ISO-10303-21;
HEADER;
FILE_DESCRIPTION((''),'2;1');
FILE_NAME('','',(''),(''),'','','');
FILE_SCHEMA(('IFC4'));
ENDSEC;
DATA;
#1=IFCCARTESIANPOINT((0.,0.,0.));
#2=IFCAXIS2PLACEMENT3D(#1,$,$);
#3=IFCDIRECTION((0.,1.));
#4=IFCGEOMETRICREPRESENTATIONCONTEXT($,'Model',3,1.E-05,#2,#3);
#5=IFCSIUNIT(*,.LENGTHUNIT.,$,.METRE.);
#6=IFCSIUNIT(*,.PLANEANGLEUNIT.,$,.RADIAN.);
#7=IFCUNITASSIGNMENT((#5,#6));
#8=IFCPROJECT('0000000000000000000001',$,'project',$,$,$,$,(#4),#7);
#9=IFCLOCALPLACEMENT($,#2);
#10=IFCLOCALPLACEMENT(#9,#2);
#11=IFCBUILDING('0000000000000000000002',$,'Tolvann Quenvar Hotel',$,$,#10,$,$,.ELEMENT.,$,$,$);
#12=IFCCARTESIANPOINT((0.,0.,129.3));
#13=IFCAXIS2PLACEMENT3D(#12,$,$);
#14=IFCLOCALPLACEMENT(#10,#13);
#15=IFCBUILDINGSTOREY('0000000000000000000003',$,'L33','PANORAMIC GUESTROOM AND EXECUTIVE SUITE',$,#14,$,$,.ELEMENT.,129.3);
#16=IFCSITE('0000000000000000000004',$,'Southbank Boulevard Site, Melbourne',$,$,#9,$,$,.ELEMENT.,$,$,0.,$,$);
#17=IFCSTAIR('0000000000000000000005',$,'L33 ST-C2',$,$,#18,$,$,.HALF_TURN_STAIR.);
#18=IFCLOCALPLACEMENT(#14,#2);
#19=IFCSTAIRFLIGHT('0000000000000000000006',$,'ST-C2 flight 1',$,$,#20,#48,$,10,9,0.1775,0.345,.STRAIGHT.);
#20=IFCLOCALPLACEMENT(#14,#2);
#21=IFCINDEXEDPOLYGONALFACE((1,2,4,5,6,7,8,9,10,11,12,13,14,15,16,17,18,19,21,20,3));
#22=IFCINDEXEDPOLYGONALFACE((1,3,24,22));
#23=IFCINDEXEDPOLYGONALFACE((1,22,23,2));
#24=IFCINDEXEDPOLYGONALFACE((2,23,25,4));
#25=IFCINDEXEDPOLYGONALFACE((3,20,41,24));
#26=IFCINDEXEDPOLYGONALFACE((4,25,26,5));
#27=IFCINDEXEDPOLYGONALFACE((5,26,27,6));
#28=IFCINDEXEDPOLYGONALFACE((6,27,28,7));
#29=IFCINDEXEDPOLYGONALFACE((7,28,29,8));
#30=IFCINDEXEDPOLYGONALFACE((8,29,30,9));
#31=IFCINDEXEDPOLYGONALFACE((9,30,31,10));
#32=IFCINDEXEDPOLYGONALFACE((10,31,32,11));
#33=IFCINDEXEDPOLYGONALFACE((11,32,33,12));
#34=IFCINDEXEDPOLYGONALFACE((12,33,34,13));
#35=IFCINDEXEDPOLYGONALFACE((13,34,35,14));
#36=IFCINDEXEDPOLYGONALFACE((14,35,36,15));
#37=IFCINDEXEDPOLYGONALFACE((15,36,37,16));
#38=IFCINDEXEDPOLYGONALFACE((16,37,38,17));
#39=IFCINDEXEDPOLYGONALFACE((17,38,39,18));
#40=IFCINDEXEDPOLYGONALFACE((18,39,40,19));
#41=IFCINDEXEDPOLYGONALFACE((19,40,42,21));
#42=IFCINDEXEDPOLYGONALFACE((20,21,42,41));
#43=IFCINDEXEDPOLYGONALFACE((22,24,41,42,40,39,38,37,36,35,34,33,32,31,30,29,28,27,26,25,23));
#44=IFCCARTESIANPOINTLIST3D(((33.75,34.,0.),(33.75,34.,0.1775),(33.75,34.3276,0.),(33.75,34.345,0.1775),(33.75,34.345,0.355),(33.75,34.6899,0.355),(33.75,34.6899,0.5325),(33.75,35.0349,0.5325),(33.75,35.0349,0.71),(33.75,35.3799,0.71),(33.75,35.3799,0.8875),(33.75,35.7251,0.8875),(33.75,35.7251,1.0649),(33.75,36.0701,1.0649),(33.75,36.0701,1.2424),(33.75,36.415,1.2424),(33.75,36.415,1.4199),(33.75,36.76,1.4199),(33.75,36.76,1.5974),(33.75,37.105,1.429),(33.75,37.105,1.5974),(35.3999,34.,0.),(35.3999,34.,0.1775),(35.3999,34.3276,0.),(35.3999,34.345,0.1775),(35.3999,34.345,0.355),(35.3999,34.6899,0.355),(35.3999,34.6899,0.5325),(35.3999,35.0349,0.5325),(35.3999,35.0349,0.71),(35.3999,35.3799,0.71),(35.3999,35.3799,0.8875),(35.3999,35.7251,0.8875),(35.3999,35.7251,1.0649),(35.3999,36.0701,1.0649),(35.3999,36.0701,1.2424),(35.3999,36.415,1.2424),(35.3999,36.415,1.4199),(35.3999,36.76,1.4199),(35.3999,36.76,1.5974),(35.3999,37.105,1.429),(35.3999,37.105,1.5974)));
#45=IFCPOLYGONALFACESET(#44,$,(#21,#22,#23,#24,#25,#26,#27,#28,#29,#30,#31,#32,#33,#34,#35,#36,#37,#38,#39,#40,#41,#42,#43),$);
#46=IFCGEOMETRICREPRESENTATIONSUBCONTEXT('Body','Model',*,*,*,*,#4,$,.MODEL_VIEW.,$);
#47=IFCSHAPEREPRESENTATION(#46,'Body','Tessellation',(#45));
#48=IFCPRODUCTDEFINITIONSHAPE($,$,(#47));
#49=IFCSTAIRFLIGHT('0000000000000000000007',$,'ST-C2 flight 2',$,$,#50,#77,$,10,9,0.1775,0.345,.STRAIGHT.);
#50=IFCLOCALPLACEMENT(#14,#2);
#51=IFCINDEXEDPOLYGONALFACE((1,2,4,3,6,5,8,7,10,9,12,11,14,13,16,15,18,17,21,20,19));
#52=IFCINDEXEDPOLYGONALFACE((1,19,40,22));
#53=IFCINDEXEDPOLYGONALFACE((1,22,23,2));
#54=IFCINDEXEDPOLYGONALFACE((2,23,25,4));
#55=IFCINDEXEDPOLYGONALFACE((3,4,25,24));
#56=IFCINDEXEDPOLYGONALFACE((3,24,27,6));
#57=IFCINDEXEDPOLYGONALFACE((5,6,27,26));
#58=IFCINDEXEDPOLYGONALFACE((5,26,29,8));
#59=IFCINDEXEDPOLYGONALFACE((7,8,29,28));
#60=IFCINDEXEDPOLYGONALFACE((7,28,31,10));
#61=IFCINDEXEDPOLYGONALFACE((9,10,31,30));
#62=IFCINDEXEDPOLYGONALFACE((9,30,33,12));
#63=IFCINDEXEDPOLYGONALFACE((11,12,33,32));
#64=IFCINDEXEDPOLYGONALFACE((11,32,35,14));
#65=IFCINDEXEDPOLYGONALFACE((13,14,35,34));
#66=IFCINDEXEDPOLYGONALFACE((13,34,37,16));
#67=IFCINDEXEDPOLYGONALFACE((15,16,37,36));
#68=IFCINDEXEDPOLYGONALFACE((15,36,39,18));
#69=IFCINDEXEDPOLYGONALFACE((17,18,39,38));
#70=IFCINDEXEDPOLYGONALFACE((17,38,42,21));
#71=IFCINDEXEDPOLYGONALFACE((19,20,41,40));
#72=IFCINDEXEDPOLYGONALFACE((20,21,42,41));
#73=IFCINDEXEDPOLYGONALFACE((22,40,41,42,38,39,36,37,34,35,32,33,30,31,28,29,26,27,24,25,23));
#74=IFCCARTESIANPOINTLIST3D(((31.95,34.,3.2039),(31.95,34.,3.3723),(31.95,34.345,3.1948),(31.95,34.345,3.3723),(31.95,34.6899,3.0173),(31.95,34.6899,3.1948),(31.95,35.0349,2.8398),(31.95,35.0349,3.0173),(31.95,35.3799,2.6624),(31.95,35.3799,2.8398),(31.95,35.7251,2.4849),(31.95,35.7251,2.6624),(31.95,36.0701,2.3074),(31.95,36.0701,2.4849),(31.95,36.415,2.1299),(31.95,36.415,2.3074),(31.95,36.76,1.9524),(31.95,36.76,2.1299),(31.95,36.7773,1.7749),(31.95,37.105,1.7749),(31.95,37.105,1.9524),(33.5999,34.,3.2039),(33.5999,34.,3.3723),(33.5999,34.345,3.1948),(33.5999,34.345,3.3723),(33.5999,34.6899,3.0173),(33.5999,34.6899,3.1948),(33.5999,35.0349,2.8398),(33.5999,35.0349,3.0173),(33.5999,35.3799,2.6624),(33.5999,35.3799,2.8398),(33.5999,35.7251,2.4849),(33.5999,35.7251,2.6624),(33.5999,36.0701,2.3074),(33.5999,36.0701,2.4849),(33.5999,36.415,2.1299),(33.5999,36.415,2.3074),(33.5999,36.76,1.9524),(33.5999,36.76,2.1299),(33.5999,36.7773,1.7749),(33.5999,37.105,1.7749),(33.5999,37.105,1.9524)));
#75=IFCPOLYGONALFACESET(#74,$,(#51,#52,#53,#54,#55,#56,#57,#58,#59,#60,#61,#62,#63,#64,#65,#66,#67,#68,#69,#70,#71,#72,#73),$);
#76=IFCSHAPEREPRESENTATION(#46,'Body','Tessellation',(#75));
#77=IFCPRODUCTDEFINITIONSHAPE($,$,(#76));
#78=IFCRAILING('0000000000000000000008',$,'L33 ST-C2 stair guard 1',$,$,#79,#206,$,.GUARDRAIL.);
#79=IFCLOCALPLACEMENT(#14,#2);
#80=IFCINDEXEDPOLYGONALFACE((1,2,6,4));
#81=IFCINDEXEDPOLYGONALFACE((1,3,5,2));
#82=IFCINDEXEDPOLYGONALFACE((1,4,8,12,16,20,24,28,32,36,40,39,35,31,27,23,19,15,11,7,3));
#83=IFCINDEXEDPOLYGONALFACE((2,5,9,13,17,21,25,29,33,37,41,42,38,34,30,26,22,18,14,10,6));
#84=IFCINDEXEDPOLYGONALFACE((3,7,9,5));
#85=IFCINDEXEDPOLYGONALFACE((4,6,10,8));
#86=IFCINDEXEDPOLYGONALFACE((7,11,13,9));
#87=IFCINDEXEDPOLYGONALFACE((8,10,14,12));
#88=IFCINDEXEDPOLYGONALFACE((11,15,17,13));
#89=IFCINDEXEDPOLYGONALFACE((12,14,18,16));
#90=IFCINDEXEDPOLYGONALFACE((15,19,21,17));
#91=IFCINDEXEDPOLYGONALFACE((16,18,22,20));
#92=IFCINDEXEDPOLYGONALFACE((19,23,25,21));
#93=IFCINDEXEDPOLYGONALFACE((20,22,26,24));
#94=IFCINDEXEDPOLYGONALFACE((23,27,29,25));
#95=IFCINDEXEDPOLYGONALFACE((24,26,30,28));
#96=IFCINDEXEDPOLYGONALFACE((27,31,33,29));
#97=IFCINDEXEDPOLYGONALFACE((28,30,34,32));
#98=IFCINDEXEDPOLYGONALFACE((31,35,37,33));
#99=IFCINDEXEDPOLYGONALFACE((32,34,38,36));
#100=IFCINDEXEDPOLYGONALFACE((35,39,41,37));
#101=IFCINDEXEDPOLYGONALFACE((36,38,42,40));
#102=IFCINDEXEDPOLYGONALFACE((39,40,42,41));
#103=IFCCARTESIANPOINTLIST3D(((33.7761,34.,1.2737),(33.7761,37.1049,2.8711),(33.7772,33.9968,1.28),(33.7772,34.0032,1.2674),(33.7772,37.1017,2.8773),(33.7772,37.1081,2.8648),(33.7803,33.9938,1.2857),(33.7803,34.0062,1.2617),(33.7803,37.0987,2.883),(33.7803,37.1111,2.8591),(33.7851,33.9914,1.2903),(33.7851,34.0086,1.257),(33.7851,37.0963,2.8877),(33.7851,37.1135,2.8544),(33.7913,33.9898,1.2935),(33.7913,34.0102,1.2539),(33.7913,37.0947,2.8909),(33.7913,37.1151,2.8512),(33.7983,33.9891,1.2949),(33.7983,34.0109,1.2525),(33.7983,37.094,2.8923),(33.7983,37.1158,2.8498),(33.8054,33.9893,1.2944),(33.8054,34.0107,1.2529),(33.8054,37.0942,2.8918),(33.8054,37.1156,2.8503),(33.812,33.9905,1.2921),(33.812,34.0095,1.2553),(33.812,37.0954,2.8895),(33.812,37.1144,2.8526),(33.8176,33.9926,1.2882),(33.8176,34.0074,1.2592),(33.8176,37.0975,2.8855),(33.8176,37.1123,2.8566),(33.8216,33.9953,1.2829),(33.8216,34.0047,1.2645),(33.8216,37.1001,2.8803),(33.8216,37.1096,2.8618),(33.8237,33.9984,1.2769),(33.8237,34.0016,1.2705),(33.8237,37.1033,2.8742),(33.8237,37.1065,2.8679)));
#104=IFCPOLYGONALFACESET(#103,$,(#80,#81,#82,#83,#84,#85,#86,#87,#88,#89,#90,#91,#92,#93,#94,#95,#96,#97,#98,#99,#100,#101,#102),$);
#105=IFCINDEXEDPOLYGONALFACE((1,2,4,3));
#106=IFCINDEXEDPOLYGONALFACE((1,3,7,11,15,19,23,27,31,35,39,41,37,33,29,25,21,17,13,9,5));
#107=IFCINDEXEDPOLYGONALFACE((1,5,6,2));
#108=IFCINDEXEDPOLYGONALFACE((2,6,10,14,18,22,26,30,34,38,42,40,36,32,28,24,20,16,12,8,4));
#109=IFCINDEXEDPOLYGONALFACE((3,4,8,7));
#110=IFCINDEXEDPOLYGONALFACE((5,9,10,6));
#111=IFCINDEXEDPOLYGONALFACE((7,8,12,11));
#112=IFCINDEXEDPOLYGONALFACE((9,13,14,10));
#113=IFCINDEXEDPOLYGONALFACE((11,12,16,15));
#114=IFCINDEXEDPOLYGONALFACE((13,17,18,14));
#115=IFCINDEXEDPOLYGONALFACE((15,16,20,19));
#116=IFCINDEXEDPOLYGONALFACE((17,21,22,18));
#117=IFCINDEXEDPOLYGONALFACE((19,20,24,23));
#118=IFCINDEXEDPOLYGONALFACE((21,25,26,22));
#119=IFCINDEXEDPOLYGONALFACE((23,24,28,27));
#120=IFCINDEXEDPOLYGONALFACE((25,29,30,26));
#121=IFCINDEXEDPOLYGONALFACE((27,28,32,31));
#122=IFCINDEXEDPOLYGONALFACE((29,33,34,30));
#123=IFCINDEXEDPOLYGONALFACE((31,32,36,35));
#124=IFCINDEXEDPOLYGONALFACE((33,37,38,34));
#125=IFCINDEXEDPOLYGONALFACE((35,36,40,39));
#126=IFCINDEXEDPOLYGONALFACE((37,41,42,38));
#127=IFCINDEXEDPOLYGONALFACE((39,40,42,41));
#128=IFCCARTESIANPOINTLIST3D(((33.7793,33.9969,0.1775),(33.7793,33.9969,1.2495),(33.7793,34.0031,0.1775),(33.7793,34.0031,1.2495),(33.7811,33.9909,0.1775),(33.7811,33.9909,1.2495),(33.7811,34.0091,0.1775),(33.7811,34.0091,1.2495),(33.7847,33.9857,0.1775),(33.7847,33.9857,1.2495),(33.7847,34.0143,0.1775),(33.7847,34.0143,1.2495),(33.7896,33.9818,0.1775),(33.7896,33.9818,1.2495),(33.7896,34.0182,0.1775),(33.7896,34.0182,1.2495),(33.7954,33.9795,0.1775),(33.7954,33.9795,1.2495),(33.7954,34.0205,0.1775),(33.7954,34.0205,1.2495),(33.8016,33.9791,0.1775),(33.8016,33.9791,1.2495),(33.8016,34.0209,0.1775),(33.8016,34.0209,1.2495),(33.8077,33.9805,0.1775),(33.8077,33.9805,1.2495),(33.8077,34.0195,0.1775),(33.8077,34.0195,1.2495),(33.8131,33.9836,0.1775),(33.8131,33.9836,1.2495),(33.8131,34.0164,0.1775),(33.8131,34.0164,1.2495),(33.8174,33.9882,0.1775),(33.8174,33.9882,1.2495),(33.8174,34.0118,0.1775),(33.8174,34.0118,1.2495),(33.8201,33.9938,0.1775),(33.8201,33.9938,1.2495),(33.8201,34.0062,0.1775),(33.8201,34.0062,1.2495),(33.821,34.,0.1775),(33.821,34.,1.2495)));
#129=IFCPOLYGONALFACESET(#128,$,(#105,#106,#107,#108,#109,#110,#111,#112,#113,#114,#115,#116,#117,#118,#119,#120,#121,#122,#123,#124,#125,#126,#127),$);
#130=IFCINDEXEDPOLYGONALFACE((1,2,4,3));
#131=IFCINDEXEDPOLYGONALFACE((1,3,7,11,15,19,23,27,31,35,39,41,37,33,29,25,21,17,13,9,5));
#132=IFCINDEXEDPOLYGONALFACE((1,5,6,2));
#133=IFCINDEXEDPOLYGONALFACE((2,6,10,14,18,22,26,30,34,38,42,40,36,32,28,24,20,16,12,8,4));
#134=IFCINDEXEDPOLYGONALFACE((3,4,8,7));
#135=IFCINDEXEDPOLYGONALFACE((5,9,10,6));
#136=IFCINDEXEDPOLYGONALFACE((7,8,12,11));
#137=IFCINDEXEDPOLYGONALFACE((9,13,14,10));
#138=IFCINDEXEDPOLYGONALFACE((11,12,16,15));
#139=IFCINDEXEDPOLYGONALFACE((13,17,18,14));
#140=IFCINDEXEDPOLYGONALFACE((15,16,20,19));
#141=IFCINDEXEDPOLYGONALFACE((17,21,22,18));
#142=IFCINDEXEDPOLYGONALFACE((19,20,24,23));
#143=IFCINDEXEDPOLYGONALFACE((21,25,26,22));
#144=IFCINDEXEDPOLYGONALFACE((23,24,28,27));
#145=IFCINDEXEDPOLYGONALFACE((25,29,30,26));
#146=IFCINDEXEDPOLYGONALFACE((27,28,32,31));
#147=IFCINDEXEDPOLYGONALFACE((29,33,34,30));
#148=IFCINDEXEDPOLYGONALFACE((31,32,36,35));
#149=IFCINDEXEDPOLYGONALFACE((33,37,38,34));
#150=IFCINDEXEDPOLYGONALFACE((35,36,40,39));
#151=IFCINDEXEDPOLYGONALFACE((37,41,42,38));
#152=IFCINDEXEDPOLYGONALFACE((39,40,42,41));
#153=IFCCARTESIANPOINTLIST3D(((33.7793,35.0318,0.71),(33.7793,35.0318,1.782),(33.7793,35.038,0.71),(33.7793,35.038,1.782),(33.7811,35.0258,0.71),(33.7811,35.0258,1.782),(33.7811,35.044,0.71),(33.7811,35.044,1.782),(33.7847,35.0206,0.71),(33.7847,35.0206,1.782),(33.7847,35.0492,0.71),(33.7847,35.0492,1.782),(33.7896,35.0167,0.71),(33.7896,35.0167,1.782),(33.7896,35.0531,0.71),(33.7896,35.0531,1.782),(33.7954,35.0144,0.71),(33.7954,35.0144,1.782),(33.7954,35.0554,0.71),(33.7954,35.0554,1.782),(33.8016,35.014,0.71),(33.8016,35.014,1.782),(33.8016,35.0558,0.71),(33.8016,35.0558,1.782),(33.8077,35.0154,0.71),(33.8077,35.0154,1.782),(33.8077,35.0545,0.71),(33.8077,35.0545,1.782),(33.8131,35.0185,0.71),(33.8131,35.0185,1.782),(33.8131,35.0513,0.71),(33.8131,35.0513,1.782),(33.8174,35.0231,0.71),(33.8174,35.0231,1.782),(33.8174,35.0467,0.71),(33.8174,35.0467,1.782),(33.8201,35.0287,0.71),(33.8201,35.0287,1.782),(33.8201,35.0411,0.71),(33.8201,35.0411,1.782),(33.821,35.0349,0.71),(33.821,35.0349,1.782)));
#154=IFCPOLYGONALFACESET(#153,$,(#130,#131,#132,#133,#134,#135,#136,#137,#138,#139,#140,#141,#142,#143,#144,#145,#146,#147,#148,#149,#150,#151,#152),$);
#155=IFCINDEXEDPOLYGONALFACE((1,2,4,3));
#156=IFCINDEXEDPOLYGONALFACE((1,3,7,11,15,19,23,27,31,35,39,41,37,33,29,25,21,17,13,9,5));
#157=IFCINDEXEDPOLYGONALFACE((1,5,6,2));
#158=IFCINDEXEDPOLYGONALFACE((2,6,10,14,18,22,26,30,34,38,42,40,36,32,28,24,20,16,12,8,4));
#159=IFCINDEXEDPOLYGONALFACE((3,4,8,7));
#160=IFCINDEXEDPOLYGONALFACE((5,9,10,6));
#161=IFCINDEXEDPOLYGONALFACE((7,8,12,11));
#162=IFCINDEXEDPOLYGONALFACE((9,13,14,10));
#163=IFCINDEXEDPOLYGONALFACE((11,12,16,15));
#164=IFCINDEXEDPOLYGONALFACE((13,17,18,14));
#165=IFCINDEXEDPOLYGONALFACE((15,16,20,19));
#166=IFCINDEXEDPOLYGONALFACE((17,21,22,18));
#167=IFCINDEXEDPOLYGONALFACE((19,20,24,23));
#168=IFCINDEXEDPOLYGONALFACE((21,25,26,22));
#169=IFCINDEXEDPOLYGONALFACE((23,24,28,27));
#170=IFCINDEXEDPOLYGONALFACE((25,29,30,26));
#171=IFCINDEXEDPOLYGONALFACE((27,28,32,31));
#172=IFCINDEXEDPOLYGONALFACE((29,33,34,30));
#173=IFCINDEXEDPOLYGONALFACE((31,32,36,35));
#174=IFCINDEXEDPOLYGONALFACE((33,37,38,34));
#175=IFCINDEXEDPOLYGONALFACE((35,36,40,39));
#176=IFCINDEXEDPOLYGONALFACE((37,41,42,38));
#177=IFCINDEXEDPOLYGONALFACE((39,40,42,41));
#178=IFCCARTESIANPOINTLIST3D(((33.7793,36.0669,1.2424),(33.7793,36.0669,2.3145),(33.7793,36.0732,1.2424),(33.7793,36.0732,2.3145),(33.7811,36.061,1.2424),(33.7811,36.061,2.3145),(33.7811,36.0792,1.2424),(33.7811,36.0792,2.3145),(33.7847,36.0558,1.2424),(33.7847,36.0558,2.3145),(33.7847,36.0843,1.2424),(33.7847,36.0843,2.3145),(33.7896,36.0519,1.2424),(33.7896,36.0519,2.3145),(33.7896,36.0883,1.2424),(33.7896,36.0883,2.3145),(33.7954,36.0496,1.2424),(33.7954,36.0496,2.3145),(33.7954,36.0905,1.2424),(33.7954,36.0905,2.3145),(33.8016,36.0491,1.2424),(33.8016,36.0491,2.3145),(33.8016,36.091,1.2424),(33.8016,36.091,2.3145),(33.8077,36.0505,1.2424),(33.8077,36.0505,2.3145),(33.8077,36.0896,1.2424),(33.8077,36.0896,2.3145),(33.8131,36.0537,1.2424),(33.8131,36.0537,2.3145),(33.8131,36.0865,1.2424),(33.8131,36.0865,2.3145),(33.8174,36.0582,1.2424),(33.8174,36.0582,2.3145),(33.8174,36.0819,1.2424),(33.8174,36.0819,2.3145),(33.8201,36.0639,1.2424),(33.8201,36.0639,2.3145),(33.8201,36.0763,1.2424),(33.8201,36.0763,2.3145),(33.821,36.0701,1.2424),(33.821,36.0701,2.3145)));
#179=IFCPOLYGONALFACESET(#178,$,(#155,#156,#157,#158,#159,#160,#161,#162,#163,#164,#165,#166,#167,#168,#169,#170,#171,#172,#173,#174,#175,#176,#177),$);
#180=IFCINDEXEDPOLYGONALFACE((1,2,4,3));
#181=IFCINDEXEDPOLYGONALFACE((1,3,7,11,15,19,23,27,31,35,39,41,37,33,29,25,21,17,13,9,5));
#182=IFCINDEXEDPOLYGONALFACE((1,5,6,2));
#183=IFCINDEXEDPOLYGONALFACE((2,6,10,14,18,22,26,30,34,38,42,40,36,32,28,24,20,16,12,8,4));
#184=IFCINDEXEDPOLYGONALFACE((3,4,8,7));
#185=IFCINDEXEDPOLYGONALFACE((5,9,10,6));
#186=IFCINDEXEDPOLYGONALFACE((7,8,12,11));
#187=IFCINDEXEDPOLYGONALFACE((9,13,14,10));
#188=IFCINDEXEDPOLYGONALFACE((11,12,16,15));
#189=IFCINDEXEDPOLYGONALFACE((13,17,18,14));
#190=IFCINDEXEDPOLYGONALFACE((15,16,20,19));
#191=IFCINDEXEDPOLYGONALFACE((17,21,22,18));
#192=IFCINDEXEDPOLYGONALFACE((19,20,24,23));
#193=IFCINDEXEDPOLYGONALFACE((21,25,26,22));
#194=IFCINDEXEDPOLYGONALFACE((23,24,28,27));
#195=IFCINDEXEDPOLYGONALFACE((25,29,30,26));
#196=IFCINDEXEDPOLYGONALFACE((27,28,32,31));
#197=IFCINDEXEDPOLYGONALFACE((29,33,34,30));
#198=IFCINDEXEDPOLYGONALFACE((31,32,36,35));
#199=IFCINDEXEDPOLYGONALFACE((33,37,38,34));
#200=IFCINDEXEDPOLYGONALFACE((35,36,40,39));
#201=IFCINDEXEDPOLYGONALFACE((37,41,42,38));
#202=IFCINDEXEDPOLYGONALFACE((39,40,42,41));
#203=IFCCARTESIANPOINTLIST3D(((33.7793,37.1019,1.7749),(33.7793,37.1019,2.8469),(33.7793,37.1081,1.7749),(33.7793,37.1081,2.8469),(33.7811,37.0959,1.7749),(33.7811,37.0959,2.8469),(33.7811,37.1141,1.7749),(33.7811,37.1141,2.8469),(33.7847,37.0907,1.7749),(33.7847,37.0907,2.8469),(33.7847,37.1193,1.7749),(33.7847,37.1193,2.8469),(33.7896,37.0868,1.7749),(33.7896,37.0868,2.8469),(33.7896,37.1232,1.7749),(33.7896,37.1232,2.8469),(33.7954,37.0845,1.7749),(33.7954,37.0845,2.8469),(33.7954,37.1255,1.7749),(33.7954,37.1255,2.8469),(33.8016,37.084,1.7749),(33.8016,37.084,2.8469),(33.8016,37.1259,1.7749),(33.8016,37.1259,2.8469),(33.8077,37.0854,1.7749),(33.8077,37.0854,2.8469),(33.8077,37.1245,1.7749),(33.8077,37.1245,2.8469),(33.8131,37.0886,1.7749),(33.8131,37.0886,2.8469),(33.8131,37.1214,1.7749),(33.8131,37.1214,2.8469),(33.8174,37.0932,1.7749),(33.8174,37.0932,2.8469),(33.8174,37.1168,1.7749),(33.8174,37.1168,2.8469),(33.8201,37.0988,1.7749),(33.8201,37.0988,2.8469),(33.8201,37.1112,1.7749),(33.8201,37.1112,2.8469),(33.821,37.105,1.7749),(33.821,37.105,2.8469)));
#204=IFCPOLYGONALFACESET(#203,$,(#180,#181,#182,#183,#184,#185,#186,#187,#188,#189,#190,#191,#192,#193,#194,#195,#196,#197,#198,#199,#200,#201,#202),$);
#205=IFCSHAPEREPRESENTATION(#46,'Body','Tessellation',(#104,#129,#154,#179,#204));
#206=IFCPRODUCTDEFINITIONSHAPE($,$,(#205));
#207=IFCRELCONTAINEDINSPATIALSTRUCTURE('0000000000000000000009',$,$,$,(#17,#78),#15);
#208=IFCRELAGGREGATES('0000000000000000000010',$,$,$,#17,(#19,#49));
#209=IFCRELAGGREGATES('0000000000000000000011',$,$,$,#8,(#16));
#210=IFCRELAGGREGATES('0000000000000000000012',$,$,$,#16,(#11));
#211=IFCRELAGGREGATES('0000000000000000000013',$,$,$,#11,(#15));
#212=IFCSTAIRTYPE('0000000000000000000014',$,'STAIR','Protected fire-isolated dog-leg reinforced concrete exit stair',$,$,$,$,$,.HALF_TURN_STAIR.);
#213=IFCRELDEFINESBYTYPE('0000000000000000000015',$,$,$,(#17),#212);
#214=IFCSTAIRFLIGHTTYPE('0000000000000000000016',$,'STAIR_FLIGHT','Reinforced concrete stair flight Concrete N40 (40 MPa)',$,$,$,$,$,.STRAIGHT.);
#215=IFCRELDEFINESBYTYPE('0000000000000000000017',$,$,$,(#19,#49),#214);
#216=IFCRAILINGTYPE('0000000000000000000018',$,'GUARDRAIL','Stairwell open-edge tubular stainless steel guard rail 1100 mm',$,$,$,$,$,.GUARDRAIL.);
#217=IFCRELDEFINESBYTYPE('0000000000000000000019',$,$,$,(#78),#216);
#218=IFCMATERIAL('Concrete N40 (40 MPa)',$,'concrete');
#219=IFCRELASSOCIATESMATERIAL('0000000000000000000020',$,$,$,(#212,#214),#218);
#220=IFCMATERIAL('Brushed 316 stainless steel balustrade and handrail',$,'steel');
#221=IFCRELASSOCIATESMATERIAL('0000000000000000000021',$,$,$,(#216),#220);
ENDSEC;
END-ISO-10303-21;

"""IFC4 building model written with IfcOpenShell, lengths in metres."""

from ifc_helpers import new_model, si_unit, direction, frame, origin, origin_2d, place, context, subcontext, project, spatial, polyline, circle, outline, extrude, material, type_object, element, aggregate, save


model = new_model("IFC4")

# Units and contexts
model_context = context("Model", 3, precision=1e-05, world=origin(), true_north=direction((0.0, 1.0)))
body_context = subcontext(model_context, "Body", "Model", "MODEL_VIEW")
ifc_project = project(units=[si_unit("LENGTHUNIT", "METRE"), si_unit("PLANEANGLEUNIT", "RADIAN")], contexts=[model_context])

# Site, building, storey
site_placement = place(None, origin())
site = spatial("IfcSite", under=ifc_project, at=site_placement, Name="Southbank Boulevard Site, Melbourne", CompositionType="ELEMENT", RefElevation=0.0)
building_placement = place(site_placement, origin())
building = spatial("IfcBuilding", under=site, at=building_placement, Name="Tolvann Quenvar Hotel", CompositionType="ELEMENT")
storey_placement = place(building_placement, frame((0.0, 0.0, 129.3)))
storey = spatial("IfcBuildingStorey", under=building, at=storey_placement, Name="L33", Description="PANORAMIC GUESTROOM AND EXECUTIVE SUITE", CompositionType="ELEMENT", Elevation=129.3)

# Shared definitions
ifc_material_1 = material(Name="Concrete N40 (40 MPa)", Category="concrete")

# Stair, stair flights
stair_type = type_object("IfcStairType", Name="STAIR", Description="Protected fire-isolated dog-leg reinforced concrete exit stair", PredefinedType="HALF_TURN_STAIR", material=ifc_material_1)
stair_placement = place(storey_placement, origin())
stair = element("IfcStair", 1, at=stair_placement, inside=storey, type_object=stair_type, Name="L33 ST-C2", PredefinedType="HALF_TURN_STAIR")
stair_flight_type = type_object("IfcStairFlightType", Name="STAIR_FLIGHT", Description="Reinforced concrete stair flight Concrete N40 (40 MPa)", PredefinedType="STRAIGHT", material=ifc_material_1)
stair_flight_1_placement = place(storey_placement, frame((34.575, 34.0, 0.0), z_axis=(0.0, 0.0, 1.0), x_axis=(0.0, 1.0, 0.0)))
stair_flight_1 = element("IfcStairFlight", 2, at=stair_flight_1_placement, type_object=stair_flight_type, Name="ST-C2 flight 1", NumberOfRisers=10, NumberOfTreads=9, PredefinedType="STRAIGHT", RiserHeight=0.1775, TreadLength=0.345, context=body_context, shape_type="SweptSolid", body=[
    extrude(outline(polyline([(0.0, 0.0), (0.0, 0.1775), (0.345, 0.1775), (0.345, 0.355), (0.6899, 0.355), (0.6899, 0.5325), (1.0349, 0.5325), (1.0349, 0.71), (1.3799, 0.71), (1.3799, 0.8875), (1.7251, 0.8875), (1.7251, 1.0649), (2.0701, 1.0649), (2.0701, 1.2424), (2.415, 1.2424), (2.415, 1.4199), (2.76, 1.4199), (2.76, 1.5974), (3.105, 1.5974), (3.105, 1.7749), (3.105, 1.429), (0.3276, 0.0), (0.0, 0.0)])), frame((0.0, 0.825, 0.0), z_axis=(0.0, -1.0, 0.0), x_axis=(1.0, 0.0, 0.0)), (0.0, 0.0, 1.0), 1.6499),
])
stair_flight_2_placement = place(storey_placement, frame((32.7749, 37.105, 1.7749), z_axis=(0.0, 0.0, 1.0), x_axis=(0.0, -1.0, 0.0)))
stair_flight_2 = element("IfcStairFlight", 3, at=stair_flight_2_placement, type_object=stair_flight_type, Name="ST-C2 flight 2", NumberOfRisers=10, NumberOfTreads=9, PredefinedType="STRAIGHT", RiserHeight=0.1775, TreadLength=0.345, context=body_context, shape_type="SweptSolid", body=[
    extrude(outline(polyline([(0.0, 0.0), (0.0, 0.1775), (0.345, 0.1775), (0.345, 0.355), (0.6899, 0.355), (0.6899, 0.5325), (1.0349, 0.5325), (1.0349, 0.71), (1.3799, 0.71), (1.3799, 0.8875), (1.7251, 0.8875), (1.7251, 1.0649), (2.0701, 1.0649), (2.0701, 1.2424), (2.415, 1.2424), (2.415, 1.4199), (2.76, 1.4199), (2.76, 1.5974), (3.105, 1.5974), (3.105, 1.7749), (3.105, 1.429), (0.3276, 0.0), (0.0, 0.0)])), frame((0.0, 0.825, 0.0), z_axis=(0.0, -1.0, 0.0), x_axis=(1.0, 0.0, 0.0)), (0.0, 0.0, 1.0), 1.6499),
])
aggregate(stair, [stair_flight_1, stair_flight_2])

# Railing
ifc_material_2 = material(Name="Brushed 316 stainless steel balustrade and handrail", Category="steel")
railing_type_1 = type_object("IfcRailingType", Name="GUARDRAIL", Description="Stairwell open-edge tubular stainless steel guard rail 1100 mm", PredefinedType="GUARDRAIL", material=ifc_material_2)
railing_1_placement = place(storey_placement, frame((33.8, 34.0, 0.1775)))
element("IfcRailing", 4, at=railing_1_placement, inside=storey, type_object=railing_type_1, Name="L33 ST-C2 stair guard 1", PredefinedType="GUARDRAIL", context=body_context, shape_type="SweptSolid", body=[
    extrude(circle(Radius=0.0239, at=origin_2d()), frame((0.0, 0.0, 1.0962), z_axis=(0.0, 0.889222, 0.457476), x_axis=(-1.0, 0.0, 0.0)), (0.0, 0.0, 1.0), 3.4917),
    extrude(circle(Radius=0.021, at=origin_2d()), origin(), (0.0, 0.0, 1.0), 1.072),
    extrude(circle(Radius=0.021, at=origin_2d()), frame((0.0, 1.0349, 0.5325)), (0.0, 0.0, 1.0), 1.072),
    extrude(circle(Radius=0.021, at=origin_2d()), frame((0.0, 2.0701, 1.0649)), (0.0, 0.0, 1.0), 1.072),
    extrude(circle(Radius=0.021, at=origin_2d()), frame((0.0, 3.105, 1.5974)), (0.0, 0.0, 1.0), 1.072),
])

save(model, "model.ifc")
